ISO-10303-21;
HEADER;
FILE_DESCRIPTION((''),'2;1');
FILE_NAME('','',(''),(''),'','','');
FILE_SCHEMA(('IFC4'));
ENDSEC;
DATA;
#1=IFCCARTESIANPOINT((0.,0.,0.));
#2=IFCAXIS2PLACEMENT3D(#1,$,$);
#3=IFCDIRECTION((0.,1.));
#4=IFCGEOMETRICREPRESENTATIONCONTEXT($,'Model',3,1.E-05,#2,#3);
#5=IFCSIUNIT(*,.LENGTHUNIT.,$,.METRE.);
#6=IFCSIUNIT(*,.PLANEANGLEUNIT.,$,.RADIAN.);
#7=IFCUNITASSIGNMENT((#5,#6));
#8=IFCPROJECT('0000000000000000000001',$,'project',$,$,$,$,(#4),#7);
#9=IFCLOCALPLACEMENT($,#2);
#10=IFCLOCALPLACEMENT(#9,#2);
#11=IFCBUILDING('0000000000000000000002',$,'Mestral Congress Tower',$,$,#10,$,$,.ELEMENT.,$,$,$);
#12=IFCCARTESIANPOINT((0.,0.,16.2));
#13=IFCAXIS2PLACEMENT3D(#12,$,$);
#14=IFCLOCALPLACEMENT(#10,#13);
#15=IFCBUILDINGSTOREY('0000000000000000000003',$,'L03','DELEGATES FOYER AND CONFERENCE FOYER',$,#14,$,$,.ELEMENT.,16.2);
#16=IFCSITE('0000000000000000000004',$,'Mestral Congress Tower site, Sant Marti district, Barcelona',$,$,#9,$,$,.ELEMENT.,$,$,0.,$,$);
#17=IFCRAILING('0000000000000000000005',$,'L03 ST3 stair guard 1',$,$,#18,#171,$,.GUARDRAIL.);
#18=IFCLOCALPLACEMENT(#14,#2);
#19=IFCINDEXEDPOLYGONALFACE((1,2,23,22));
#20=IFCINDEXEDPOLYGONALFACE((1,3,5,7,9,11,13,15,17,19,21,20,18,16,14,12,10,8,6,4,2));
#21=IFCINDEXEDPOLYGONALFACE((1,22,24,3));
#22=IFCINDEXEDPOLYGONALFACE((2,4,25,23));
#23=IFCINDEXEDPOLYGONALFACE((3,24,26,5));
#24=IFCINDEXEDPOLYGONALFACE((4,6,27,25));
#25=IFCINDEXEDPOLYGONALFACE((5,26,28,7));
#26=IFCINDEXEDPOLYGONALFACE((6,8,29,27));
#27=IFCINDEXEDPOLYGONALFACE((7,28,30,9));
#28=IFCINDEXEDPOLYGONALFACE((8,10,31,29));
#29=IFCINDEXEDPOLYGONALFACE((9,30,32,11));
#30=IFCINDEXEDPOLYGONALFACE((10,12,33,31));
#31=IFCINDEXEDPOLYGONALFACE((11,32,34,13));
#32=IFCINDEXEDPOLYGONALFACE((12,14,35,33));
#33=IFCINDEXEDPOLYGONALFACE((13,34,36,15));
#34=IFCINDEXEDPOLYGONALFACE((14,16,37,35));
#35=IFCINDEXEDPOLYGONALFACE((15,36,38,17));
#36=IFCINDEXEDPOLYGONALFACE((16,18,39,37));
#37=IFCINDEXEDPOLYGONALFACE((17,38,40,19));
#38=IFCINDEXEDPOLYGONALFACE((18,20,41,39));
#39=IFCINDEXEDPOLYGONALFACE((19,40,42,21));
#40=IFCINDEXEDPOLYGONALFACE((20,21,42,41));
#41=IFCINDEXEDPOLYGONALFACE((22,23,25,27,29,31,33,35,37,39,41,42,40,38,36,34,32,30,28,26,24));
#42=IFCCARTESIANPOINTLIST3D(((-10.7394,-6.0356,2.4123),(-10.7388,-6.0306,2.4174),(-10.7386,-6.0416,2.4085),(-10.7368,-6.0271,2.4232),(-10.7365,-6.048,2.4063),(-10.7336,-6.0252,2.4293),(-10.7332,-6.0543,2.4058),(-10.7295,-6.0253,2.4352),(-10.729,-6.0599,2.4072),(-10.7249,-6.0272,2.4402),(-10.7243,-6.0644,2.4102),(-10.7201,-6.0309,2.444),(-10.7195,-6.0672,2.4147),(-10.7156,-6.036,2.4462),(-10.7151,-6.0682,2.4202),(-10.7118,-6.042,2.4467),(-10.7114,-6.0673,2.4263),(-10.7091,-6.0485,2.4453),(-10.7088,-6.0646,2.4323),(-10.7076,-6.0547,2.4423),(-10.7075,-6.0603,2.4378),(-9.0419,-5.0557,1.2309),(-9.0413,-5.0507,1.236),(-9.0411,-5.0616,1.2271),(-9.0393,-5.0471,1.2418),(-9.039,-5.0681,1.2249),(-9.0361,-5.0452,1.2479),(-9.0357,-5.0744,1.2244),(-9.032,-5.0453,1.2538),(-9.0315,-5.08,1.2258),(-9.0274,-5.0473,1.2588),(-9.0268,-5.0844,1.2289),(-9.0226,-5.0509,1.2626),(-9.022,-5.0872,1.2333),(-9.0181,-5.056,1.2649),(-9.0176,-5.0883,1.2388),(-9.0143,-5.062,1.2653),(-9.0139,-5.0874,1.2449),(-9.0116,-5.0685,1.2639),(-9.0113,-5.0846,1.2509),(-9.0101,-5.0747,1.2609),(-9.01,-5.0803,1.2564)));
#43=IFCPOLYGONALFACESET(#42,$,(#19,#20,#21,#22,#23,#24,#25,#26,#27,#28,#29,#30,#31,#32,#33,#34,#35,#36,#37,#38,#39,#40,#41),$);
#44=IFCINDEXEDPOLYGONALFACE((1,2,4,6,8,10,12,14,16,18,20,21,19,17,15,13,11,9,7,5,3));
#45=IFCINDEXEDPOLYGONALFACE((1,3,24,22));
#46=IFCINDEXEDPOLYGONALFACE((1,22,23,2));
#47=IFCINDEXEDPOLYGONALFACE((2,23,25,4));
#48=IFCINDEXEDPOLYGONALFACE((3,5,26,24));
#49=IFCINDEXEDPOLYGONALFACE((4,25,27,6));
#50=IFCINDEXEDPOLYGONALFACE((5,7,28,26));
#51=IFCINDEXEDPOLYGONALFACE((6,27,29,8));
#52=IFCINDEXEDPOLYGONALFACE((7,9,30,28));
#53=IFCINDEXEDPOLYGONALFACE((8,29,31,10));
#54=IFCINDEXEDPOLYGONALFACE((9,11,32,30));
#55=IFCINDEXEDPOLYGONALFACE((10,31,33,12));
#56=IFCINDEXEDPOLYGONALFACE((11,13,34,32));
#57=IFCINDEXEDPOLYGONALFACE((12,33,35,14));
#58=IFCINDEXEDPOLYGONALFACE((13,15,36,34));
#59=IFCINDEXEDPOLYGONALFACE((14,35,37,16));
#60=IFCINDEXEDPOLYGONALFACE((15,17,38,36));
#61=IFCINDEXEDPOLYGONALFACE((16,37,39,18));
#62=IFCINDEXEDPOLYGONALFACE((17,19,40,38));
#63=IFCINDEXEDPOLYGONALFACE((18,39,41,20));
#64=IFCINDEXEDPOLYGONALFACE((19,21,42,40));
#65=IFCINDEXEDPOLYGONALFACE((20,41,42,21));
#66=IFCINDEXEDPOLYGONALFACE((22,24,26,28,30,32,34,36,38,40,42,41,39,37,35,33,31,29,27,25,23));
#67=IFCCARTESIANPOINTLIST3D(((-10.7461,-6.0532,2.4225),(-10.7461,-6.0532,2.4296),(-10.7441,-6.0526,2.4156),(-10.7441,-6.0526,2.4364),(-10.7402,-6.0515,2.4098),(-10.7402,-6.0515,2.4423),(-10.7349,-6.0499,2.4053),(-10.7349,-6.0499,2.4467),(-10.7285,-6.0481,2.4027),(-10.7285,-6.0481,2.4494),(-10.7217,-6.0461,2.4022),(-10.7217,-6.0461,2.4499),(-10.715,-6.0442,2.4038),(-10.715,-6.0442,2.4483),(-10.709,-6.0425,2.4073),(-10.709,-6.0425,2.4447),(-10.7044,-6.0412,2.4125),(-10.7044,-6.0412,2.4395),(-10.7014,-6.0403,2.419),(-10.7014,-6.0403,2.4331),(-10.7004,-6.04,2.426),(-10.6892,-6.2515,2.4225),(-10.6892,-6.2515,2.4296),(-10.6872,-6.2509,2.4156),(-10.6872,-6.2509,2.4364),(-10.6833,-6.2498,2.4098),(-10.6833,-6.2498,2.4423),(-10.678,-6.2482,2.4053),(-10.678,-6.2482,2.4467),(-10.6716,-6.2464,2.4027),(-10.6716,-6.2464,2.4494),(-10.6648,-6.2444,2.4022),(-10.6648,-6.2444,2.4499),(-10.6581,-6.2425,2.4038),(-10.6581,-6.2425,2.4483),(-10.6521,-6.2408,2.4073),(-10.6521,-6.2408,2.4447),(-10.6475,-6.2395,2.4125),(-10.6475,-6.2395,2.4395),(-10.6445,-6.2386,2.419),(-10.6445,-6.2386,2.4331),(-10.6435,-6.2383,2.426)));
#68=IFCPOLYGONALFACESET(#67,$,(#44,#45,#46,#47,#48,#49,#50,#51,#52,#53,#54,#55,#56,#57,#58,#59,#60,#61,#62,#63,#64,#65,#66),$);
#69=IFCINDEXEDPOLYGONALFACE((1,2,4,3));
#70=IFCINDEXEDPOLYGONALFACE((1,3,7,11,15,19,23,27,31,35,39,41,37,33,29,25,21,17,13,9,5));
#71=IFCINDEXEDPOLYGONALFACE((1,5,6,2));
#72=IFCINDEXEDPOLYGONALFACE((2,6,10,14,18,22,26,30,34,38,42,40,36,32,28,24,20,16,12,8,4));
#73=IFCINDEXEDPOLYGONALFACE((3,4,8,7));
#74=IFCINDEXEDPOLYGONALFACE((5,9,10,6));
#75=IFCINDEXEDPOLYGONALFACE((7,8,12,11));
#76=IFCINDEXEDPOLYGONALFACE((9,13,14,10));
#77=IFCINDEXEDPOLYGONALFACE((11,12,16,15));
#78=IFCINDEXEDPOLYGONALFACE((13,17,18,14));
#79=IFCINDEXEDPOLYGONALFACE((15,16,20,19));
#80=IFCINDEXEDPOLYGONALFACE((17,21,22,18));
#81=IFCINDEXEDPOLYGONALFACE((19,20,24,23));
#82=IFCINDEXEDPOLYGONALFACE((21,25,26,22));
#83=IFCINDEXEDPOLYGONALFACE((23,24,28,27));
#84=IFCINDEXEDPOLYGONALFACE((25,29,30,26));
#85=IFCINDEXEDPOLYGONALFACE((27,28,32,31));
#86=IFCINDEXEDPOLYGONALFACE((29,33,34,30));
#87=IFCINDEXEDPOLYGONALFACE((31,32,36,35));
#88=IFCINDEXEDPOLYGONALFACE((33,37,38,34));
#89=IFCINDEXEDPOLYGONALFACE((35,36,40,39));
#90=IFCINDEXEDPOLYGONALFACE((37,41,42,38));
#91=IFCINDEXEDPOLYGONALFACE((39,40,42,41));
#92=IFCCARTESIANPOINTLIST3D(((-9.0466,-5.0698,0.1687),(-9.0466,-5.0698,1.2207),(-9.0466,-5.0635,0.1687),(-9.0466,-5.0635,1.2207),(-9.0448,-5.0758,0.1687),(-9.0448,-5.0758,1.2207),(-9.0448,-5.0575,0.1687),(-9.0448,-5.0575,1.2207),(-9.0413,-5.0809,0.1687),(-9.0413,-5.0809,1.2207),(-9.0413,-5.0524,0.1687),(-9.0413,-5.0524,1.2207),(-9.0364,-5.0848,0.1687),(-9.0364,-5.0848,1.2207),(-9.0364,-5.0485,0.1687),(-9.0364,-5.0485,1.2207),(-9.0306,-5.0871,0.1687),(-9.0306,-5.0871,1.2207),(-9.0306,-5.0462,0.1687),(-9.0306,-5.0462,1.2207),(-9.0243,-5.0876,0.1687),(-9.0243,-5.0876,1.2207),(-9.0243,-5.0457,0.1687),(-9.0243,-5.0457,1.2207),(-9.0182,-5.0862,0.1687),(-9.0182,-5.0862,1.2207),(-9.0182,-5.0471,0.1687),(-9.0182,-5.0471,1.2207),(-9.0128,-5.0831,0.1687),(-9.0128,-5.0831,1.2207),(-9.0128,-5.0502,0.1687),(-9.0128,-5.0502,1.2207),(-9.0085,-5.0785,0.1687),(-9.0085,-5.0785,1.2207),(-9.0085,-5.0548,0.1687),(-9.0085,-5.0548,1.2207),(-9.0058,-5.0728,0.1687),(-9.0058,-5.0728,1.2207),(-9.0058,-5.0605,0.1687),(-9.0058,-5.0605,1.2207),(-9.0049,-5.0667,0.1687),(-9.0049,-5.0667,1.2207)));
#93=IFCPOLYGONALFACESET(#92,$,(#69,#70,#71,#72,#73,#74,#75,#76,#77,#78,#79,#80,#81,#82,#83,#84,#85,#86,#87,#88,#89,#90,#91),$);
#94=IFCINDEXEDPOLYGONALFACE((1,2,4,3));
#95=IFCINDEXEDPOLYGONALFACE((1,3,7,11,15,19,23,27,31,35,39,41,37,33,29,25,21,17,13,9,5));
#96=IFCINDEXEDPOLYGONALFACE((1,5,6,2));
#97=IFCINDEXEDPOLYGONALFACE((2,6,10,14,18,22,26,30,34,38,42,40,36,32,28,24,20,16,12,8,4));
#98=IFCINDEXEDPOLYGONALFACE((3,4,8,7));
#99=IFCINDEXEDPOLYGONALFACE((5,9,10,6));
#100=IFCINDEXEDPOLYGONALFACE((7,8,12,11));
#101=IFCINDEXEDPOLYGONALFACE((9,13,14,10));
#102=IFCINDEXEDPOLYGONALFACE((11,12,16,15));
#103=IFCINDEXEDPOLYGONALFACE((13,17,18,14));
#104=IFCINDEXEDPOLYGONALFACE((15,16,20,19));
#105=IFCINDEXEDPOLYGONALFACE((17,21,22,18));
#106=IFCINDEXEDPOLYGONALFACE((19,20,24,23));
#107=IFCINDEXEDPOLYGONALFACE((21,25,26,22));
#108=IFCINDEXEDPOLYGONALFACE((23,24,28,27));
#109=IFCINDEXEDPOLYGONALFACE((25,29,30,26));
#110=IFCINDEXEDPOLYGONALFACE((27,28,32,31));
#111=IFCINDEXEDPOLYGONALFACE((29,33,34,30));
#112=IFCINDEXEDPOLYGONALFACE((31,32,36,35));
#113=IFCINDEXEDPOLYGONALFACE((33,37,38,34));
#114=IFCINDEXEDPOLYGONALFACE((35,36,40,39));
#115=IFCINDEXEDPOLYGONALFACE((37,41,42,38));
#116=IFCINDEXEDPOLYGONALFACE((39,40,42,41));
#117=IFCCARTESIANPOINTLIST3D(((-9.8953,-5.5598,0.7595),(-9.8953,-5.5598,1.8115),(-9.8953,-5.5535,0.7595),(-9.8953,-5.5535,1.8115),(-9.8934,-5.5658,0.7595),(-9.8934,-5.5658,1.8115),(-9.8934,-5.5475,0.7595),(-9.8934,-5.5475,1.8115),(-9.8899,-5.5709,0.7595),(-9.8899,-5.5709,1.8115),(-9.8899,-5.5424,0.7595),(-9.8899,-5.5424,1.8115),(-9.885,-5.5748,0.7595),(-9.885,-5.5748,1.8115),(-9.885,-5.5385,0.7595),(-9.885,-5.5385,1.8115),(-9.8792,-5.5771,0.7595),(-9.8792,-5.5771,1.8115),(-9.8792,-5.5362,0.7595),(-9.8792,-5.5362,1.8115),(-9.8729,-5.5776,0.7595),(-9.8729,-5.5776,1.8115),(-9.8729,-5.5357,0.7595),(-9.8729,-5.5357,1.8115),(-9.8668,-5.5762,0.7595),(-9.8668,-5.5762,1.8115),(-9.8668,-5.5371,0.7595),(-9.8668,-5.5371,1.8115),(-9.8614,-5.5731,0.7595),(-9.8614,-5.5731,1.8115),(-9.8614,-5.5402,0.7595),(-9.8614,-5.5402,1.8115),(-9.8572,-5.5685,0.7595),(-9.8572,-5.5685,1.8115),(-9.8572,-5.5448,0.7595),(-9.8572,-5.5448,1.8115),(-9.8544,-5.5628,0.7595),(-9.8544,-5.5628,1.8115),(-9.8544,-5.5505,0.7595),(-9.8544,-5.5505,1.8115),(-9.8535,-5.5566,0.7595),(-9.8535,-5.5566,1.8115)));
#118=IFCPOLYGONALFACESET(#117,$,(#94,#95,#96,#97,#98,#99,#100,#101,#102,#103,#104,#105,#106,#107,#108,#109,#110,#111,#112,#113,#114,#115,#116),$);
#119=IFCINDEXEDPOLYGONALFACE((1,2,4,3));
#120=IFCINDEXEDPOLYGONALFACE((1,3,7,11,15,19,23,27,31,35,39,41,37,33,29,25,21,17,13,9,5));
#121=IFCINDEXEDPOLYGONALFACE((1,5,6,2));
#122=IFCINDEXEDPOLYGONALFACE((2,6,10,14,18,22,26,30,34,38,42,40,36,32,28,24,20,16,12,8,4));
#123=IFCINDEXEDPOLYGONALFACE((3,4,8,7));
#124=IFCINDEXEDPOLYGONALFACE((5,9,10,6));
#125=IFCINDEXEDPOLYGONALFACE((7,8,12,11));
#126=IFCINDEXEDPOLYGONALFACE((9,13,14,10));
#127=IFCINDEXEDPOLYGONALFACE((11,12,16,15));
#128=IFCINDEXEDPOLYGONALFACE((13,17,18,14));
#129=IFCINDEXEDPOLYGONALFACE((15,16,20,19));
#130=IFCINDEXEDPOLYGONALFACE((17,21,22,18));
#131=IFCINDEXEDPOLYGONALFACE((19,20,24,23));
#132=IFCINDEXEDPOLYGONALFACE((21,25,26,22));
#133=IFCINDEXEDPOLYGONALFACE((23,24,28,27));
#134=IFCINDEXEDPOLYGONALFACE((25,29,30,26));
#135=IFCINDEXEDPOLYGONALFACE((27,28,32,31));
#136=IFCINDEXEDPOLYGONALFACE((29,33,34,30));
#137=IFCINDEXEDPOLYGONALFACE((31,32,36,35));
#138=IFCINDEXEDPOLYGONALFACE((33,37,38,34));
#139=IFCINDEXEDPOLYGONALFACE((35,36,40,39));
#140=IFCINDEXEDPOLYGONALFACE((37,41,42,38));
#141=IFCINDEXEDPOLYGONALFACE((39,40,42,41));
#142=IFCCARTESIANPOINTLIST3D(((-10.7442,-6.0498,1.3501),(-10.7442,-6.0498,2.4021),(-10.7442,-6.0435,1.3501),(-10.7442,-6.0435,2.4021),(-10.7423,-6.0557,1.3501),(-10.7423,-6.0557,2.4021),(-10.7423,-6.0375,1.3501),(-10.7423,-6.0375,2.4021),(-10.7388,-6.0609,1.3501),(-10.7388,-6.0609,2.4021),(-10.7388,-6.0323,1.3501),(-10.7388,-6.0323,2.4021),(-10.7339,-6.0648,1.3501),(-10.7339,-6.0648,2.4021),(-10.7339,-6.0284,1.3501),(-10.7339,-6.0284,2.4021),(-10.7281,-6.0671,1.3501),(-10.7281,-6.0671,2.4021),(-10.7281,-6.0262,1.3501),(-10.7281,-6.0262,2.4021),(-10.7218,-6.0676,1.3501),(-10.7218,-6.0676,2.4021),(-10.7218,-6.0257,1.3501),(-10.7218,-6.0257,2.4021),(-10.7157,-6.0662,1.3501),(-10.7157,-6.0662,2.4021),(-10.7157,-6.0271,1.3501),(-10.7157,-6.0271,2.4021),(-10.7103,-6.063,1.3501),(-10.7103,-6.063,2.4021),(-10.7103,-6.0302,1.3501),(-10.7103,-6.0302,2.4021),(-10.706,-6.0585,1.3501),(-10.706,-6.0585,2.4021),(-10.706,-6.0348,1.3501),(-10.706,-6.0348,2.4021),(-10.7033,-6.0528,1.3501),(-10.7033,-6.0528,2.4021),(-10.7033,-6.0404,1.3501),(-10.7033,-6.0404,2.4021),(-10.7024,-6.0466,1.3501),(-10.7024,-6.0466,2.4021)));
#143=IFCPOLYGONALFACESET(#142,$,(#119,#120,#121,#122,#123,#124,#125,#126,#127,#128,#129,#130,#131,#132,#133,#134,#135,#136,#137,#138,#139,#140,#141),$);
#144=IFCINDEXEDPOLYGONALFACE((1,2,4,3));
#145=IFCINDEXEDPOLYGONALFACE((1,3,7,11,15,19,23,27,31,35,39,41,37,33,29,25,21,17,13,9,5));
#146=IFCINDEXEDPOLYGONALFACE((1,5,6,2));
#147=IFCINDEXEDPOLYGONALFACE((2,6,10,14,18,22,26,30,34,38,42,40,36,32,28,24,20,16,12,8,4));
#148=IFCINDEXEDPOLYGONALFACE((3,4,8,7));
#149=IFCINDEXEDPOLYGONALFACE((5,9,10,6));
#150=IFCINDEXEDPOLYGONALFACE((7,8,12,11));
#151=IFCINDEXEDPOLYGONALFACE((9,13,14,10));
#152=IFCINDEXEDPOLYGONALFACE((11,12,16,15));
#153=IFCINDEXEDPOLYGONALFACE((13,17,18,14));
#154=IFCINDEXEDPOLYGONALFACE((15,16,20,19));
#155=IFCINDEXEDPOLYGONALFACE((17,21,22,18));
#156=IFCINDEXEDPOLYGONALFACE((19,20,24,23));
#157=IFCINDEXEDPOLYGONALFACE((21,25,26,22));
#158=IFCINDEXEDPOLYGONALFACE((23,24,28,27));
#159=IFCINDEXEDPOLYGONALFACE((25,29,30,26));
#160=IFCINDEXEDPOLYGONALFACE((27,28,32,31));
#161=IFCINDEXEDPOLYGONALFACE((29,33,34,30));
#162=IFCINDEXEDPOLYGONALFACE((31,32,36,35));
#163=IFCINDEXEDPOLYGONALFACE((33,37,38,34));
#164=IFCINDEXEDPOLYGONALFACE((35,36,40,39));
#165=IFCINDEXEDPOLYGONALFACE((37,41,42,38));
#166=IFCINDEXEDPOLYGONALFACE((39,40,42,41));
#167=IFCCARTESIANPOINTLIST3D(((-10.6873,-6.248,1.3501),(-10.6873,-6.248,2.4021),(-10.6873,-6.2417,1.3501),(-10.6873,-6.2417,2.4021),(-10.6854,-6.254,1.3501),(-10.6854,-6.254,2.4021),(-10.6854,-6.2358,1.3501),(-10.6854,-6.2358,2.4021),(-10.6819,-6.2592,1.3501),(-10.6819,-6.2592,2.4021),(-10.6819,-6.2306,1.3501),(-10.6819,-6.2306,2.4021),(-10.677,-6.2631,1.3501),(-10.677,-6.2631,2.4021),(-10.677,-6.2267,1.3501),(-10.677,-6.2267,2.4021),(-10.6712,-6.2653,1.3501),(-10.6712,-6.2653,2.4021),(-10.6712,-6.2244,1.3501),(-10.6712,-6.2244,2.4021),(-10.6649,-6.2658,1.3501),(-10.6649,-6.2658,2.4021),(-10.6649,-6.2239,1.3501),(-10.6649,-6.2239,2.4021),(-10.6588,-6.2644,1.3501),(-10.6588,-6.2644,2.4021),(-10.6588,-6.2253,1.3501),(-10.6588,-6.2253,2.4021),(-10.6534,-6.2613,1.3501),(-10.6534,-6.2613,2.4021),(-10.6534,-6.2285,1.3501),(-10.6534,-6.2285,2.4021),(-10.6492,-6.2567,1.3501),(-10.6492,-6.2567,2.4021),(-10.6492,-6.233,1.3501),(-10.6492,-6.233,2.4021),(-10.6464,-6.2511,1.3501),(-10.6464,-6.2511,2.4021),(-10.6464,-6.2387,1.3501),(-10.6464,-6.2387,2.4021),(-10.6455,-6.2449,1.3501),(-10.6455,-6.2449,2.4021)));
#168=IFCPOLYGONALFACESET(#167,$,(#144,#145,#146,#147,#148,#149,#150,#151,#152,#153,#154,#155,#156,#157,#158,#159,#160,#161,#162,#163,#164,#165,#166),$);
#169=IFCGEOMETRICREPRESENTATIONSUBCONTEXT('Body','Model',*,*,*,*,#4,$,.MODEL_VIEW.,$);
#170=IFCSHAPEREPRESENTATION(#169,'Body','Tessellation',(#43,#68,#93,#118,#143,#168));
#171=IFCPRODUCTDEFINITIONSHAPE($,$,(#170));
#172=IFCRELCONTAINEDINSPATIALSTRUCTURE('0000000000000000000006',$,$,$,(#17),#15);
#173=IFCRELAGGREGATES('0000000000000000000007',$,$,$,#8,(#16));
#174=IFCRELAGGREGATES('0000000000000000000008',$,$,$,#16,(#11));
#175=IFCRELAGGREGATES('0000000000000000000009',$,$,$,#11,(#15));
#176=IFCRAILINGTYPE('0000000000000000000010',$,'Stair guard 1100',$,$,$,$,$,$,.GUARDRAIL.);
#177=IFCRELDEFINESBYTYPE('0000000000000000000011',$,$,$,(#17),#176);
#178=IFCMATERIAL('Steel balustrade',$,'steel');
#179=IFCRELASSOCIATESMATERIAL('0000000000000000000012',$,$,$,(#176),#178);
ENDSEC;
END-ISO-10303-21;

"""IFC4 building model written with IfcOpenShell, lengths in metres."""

from ifc_helpers import new_model, si_unit, direction, frame, origin, origin_2d, place, context, subcontext, project, spatial, circle, extrude, material, type_object, element, save


model = new_model("IFC4")

# Units and contexts
model_context = context("Model", 3, precision=1e-05, world=origin(), true_north=direction((0.0, 1.0)))
body_context = subcontext(model_context, "Body", "Model", "MODEL_VIEW")
ifc_project = project(units=[si_unit("LENGTHUNIT", "METRE"), si_unit("PLANEANGLEUNIT", "RADIAN")], contexts=[model_context])

# Site, building, storey
site_placement = place(None, origin())
site = spatial("IfcSite", under=ifc_project, at=site_placement, Name="Mestral Congress Tower site, Sant Marti district, Barcelona", CompositionType="ELEMENT", RefElevation=0.0)
building_placement = place(site_placement, origin())
building = spatial("IfcBuilding", under=site, at=building_placement, Name="Mestral Congress Tower", CompositionType="ELEMENT")
storey_placement = place(building_placement, frame((0.0, 0.0, 16.2)))
storey = spatial("IfcBuildingStorey", under=building, at=storey_placement, Name="L03", Description="DELEGATES FOYER AND CONFERENCE FOYER", CompositionType="ELEMENT", Elevation=16.2)

# Railing
ifc_material_1 = material(Name="Steel balustrade", Category="steel")
railing_type_1 = type_object("IfcRailingType", Name="Stair guard 1100", PredefinedType="GUARDRAIL", material=ifc_material_1)
railing_1_placement = place(storey_placement, frame((-9.0259, -5.0667, 0.1687)))
element("IfcRailing", 1, at=railing_1_placement, inside=storey, type_object=railing_type_1, Name="L03 ST3 stair guard 1", PredefinedType="GUARDRAIL", context=body_context, shape_type="SweptSolid", body=[
    extrude(circle(Radius=0.0239, at=origin_2d()), frame((0.0, 0.0, 1.0762), z_axis=(-0.741731, -0.428205, 0.516214), x_axis=(0.49997, -0.866042, 0.0)), (0.0, 0.0, 1.0), 2.2886),
    extrude(circle(Radius=0.0239, at=origin_2d()), frame((-1.6975, -0.98, 2.2573), z_axis=(0.275815, -0.961211, 0.0), x_axis=(0.961211, 0.275815, 0.0)), (0.0, 0.0, 1.0), 0.2063),
    extrude(circle(Radius=0.021, at=origin_2d()), origin(), (0.0, 0.0, 1.0), 1.052),
    extrude(circle(Radius=0.021, at=origin_2d()), frame((-0.8486, -0.49, 0.5908)), (0.0, 0.0, 1.0), 1.052),
    extrude(circle(Radius=0.021, at=origin_2d()), frame((-1.6975, -0.98, 1.1814)), (0.0, 0.0, 1.0), 1.052),
    extrude(circle(Radius=0.021, at=origin_2d()), frame((-1.6406, -1.1782, 1.1814)), (0.0, 0.0, 1.0), 1.052),
])

save(model, "model.ifc")
